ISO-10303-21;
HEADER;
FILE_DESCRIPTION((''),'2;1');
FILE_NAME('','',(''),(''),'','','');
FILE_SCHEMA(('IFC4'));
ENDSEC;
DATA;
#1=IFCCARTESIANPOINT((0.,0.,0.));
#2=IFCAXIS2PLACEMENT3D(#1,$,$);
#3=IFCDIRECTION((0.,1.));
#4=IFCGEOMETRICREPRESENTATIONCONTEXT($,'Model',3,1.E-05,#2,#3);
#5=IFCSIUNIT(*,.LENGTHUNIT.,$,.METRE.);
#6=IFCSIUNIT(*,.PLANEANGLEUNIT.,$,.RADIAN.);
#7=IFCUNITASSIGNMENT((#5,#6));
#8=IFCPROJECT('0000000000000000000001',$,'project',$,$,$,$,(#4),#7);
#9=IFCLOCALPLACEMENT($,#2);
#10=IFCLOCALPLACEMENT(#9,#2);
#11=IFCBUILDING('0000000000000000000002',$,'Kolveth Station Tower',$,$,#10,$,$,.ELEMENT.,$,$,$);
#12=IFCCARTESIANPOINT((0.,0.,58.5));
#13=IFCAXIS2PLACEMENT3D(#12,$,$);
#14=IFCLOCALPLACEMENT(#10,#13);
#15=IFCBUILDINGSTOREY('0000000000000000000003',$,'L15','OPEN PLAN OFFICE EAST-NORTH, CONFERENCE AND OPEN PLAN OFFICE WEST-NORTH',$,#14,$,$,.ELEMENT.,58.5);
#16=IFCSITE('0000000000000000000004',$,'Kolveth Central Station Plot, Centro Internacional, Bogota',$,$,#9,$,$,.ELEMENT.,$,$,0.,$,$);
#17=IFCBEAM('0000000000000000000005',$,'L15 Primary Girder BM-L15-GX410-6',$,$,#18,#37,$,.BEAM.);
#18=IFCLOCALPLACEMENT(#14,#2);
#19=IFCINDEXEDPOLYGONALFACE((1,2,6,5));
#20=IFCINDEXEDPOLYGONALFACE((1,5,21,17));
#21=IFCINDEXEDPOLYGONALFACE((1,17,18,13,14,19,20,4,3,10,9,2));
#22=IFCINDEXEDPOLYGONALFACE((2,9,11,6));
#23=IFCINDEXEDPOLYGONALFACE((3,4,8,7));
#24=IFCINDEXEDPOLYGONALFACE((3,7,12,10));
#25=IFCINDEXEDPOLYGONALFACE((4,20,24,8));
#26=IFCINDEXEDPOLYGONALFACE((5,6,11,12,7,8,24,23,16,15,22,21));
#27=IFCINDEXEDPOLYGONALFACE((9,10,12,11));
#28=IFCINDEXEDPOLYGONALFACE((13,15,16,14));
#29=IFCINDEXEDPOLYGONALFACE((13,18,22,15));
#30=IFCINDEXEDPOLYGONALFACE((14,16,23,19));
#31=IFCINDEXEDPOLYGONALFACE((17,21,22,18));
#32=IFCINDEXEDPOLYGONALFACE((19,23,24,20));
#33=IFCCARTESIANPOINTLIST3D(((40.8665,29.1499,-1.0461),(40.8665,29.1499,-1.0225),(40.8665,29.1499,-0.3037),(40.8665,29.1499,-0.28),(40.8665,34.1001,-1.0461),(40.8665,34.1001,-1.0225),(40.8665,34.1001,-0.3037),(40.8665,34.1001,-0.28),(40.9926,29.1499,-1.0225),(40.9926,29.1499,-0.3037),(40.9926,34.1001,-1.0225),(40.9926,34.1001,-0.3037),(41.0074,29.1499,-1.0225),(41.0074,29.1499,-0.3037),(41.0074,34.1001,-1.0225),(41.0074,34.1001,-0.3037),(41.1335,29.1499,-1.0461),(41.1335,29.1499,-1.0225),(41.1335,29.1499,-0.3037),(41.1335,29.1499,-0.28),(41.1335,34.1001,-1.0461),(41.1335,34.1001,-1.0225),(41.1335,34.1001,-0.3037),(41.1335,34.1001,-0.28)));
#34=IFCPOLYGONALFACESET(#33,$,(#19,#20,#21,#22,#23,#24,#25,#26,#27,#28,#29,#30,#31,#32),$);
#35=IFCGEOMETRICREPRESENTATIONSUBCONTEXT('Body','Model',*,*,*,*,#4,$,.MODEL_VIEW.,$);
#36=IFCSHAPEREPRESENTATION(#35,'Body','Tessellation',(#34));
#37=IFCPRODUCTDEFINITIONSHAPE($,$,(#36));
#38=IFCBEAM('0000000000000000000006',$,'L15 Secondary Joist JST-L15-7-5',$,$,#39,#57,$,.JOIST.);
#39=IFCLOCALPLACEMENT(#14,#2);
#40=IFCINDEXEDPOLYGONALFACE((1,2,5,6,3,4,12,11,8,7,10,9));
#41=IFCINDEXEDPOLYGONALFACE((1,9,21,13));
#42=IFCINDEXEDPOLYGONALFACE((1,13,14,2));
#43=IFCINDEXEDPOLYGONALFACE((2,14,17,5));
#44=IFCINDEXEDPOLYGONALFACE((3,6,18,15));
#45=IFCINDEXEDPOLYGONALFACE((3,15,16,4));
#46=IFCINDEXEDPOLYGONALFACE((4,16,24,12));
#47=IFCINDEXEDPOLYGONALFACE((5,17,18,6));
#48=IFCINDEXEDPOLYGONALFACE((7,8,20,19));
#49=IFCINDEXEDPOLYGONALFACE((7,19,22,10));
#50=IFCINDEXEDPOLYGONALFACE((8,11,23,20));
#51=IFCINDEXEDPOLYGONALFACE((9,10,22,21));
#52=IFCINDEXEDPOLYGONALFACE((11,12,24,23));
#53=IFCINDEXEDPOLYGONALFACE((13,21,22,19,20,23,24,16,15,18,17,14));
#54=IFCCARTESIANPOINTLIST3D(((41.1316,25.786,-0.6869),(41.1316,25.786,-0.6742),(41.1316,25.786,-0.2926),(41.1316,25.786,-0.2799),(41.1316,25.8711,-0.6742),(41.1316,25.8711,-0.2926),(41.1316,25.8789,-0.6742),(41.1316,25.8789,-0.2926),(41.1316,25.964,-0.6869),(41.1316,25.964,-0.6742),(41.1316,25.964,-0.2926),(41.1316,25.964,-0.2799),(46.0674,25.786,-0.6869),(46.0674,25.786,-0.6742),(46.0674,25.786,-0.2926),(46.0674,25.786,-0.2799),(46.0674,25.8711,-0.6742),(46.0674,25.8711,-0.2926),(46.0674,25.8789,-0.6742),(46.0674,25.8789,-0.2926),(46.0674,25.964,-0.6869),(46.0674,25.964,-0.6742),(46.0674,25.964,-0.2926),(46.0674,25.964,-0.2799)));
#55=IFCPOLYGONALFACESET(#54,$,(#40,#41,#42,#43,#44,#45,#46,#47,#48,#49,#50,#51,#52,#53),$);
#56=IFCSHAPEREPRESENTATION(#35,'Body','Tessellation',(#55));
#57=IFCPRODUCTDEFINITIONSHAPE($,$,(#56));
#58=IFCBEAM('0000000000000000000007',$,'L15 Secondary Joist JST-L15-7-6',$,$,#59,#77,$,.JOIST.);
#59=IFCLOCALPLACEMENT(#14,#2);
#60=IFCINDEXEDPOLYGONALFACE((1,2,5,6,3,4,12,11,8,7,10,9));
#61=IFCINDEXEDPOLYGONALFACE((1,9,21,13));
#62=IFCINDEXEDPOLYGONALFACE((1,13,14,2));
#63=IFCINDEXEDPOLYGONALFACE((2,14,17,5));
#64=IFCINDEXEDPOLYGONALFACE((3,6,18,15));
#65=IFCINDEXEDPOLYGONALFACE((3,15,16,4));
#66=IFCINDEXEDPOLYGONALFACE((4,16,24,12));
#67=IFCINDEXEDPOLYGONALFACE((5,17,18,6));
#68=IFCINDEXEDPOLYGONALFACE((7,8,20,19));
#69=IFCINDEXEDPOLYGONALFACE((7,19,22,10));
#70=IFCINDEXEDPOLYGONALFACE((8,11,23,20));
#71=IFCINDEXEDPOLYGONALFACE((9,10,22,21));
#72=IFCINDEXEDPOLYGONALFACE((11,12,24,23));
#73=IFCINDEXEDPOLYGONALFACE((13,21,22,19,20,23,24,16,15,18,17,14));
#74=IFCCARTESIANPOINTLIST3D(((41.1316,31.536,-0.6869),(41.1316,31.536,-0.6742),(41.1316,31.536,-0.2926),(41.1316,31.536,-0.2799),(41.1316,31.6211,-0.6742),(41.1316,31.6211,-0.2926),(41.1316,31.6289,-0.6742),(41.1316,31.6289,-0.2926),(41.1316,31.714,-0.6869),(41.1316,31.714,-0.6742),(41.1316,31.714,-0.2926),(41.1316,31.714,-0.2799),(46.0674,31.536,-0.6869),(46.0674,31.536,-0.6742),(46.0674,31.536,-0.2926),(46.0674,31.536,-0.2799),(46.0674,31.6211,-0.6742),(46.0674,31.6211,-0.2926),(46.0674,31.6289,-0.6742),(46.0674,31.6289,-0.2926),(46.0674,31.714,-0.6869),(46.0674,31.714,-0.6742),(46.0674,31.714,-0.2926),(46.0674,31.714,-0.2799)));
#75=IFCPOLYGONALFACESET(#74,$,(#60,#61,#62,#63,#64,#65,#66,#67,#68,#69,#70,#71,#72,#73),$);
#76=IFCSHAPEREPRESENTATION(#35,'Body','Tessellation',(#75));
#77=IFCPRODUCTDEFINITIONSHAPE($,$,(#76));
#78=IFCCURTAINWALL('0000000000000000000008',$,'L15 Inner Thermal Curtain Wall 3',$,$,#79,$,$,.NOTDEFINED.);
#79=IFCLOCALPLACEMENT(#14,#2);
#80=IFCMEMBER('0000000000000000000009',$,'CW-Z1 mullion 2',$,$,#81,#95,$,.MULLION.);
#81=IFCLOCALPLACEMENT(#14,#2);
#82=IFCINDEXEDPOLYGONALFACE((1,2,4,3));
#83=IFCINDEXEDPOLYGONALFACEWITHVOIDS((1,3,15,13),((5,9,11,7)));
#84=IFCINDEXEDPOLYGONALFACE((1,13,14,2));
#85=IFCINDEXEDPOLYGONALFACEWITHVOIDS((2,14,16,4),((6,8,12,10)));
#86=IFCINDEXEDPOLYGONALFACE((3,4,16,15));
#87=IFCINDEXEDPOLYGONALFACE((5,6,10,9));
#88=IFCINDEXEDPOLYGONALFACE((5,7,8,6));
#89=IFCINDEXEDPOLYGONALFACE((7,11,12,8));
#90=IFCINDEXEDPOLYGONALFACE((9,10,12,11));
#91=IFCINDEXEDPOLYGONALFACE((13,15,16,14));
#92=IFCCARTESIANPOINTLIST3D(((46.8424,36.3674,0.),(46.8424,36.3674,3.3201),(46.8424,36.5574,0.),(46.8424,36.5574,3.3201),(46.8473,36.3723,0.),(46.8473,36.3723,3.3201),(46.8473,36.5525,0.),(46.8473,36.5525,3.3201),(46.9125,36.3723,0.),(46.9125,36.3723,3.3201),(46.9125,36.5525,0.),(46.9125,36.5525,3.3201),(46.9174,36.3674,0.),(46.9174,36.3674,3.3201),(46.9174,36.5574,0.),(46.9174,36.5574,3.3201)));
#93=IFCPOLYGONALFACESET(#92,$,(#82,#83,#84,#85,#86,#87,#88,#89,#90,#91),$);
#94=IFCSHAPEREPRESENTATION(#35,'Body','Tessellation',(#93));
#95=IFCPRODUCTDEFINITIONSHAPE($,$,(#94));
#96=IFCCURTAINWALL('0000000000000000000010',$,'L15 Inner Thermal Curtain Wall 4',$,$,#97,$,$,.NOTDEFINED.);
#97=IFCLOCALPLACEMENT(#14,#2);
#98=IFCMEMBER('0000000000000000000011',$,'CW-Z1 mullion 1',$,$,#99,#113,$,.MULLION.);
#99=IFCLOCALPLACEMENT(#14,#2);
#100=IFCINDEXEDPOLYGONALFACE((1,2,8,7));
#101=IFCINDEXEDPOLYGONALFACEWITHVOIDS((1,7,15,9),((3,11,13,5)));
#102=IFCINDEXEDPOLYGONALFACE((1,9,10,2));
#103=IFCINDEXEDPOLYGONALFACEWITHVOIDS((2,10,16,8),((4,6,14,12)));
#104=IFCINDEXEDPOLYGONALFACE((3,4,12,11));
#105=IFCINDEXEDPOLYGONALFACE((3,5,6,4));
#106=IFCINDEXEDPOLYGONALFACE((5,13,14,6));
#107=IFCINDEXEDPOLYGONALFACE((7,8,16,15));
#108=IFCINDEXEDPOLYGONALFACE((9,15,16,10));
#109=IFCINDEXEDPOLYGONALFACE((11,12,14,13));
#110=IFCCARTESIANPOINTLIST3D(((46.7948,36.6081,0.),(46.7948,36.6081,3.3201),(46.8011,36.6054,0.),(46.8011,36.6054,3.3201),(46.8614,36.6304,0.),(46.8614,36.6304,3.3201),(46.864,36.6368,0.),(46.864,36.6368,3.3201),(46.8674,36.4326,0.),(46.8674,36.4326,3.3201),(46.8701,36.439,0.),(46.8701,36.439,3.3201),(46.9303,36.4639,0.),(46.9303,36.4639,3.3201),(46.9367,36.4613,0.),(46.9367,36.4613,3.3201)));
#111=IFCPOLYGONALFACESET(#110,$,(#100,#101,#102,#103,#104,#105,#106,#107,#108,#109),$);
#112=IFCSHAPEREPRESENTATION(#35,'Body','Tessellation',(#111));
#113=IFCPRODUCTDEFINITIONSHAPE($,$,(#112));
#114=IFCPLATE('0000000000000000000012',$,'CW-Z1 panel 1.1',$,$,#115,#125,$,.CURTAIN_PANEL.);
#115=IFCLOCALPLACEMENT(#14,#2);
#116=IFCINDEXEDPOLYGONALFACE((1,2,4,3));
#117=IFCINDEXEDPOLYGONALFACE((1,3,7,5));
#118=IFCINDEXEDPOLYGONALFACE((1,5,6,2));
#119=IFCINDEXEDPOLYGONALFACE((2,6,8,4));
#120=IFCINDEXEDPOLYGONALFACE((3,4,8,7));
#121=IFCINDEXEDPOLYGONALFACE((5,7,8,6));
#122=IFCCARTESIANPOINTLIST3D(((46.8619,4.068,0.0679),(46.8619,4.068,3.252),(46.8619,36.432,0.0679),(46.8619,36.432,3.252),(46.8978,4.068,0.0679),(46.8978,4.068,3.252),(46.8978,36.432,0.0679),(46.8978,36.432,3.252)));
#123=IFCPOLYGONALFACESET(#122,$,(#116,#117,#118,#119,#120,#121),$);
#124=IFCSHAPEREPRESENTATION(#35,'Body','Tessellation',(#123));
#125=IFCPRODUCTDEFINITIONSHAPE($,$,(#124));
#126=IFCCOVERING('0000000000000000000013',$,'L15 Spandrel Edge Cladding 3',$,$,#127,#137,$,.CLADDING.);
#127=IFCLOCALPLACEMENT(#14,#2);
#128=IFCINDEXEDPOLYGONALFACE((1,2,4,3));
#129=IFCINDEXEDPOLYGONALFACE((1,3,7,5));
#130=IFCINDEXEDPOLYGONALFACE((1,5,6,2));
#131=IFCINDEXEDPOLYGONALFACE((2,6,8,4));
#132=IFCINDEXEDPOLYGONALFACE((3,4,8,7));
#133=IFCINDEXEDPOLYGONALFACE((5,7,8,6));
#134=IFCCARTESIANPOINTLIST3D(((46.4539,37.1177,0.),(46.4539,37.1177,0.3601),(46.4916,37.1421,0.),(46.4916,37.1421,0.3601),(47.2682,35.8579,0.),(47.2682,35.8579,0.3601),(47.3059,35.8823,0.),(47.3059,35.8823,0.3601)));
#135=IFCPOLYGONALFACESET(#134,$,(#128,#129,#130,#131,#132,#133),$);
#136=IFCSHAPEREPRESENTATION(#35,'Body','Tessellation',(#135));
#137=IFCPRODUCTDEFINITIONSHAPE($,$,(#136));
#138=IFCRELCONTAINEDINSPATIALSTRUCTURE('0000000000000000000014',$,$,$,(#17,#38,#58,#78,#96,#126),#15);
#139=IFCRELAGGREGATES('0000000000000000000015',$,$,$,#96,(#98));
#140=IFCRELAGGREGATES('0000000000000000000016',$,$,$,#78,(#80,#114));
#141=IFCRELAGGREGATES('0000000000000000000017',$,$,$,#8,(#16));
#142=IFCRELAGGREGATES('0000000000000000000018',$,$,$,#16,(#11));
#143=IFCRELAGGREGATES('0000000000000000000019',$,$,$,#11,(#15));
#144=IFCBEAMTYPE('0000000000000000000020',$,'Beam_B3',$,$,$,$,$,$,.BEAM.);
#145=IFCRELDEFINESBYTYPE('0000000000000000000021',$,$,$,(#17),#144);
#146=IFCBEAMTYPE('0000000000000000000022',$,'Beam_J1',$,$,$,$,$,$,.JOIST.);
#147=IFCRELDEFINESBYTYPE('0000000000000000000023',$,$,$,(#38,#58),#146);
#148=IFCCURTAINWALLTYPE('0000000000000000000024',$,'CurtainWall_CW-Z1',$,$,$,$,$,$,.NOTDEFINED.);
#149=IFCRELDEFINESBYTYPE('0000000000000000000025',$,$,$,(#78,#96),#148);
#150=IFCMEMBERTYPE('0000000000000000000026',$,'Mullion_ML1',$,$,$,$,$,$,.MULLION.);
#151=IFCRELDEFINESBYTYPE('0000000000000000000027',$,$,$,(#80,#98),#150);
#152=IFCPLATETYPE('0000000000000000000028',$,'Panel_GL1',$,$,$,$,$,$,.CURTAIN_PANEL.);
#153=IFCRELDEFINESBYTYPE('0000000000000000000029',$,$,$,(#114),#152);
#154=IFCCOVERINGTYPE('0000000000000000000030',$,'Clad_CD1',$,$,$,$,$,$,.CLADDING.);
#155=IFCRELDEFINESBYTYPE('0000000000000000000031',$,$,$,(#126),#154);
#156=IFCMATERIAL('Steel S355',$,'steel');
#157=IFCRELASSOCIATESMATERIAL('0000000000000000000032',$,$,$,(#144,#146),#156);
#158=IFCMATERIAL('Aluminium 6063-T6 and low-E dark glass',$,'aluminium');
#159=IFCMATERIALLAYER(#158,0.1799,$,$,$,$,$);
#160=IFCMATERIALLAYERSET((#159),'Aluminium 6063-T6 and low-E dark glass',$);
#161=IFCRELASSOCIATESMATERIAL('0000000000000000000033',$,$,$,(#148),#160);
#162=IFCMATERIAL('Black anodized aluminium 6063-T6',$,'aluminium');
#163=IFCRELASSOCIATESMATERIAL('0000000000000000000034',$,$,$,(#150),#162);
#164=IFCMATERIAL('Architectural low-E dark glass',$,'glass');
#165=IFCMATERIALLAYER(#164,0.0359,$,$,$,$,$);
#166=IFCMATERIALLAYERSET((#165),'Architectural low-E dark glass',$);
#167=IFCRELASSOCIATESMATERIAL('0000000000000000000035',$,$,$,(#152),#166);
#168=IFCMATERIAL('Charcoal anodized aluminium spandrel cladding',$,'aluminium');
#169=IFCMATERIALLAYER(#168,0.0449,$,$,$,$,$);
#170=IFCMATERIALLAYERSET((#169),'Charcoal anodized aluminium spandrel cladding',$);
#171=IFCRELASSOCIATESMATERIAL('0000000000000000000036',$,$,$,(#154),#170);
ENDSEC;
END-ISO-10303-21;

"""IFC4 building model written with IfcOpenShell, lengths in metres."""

from ifc_helpers import new_model, si_unit, direction, frame, origin, origin_2d, place, context, subcontext, project, spatial, rectangle, hollow_rectangle, i_section, extrude, source, transform, mapped, material, layer, layer_set, material_profile, profile_set, type_object, element, aggregate, save


model = new_model("IFC4")

# Units and contexts
model_context = context("Model", 3, precision=1e-05, world=origin(), true_north=direction((0.0, 1.0)))
body_context = subcontext(model_context, "Body", "Model", "MODEL_VIEW")
ifc_project = project(units=[si_unit("LENGTHUNIT", "METRE"), si_unit("PLANEANGLEUNIT", "RADIAN")], contexts=[model_context])

# Site, building, storey
site_placement = place(None, origin())
site = spatial("IfcSite", under=ifc_project, at=site_placement, Name="Kolveth Central Station Plot, Centro Internacional, Bogota", CompositionType="ELEMENT", RefElevation=0.0)
building_placement = place(site_placement, origin())
building = spatial("IfcBuilding", under=site, at=building_placement, Name="Kolveth Station Tower", CompositionType="ELEMENT")
storey_placement = place(building_placement, frame((0.0, 0.0, 58.5)))
storey = spatial("IfcBuildingStorey", under=building, at=storey_placement, Name="L15", Description="OPEN PLAN OFFICE EAST-NORTH, CONFERENCE AND OPEN PLAN OFFICE WEST-NORTH", CompositionType="ELEMENT", Elevation=58.5)

# Shared definitions
ifc_material_1 = material(Name="Steel S355", Category="steel")

# Beams
ifc_material_profile_1 = material_profile(ifc_material_1, i_section(OverallWidth=0.2671, OverallDepth=0.7661, WebThickness=0.0149, FlangeThickness=0.0237, at=origin_2d()), Name="W760x185")
ifc_profile_set_1 = profile_set([ifc_material_profile_1], Name="Steel S355")
beam_type_1 = type_object("IfcBeamType", Name="Beam_B3", PredefinedType="BEAM", material=ifc_profile_set_1)
shared_shape_1 = source(origin(), body_context, "Body", "SweptSolid", [
    extrude(i_section(OverallWidth=0.2671, OverallDepth=0.7661, WebThickness=0.0149, FlangeThickness=0.0237, at=origin_2d()), origin(), (0.0, 0.0, 1.0), 4.9502),
])
for number, where, z_axis, x_axis, name in (
    (1, (41.0, 29.1499, -0.6631), (0.0, 1.0, 0.0), (-1.0, 0.0, 0.0), "L15 Primary Girder BM-L15-GX410-6"),
):
    element("IfcBeam", number, at=place(storey_placement, frame(where, z_axis=z_axis, x_axis=x_axis)), inside=storey, type_object=beam_type_1, Name=name, PredefinedType="BEAM", context=body_context, shape_type="MappedRepresentation", body=[
        mapped(shared_shape_1, transform((0.0, 0.0, 0.0), x_axis=(1.0, 0.0, 0.0), y_axis=(0.0, 1.0, 0.0), z_axis=(0.0, 0.0, 1.0), scale=1.0)),
    ])
ifc_material_profile_2 = material_profile(ifc_material_1, i_section(OverallWidth=0.178, OverallDepth=0.407, WebThickness=0.0078, FlangeThickness=0.0127, at=origin_2d()), Name="W410x60")
ifc_profile_set_2 = profile_set([ifc_material_profile_2], Name="Steel S355")
beam_type_2 = type_object("IfcBeamType", Name="Beam_J1", PredefinedType="JOIST", material=ifc_profile_set_2)
shared_shape_2 = source(origin(), body_context, "Body", "SweptSolid", [
    extrude(i_section(OverallWidth=0.178, OverallDepth=0.407, WebThickness=0.0078, FlangeThickness=0.0127, at=origin_2d()), origin(), (0.0, 0.0, 1.0), 4.9358),
])
for number, where, z_axis, x_axis, name in (
    (2, (41.1316, 25.875, -0.4834), (1.0, 0.0, 0.0), (0.0, 1.0, 0.0), "L15 Secondary Joist JST-L15-7-5"),
    (3, (41.1316, 31.625, -0.4834), (1.0, 0.0, 0.0), (0.0, 1.0, 0.0), "L15 Secondary Joist JST-L15-7-6"),
):
    element("IfcBeam", number, at=place(storey_placement, frame(where, z_axis=z_axis, x_axis=x_axis)), inside=storey, type_object=beam_type_2, Name=name, PredefinedType="JOIST", context=body_context, shape_type="MappedRepresentation", body=[
        mapped(shared_shape_2, transform((0.0, 0.0, 0.0), x_axis=(1.0, 0.0, 0.0), y_axis=(0.0, 1.0, 0.0), z_axis=(0.0, 0.0, 1.0), scale=1.0)),
    ])

# Curtain walls, members
ifc_material_2 = material(Name="Aluminium 6063-T6 and low-E dark glass", Category="aluminium")
ifc_layer_1 = layer(ifc_material_2, 0.1799)
ifc_layer_set_1 = layer_set([ifc_layer_1], Name="Aluminium 6063-T6 and low-E dark glass")
curtain_wall_type = type_object("IfcCurtainWallType", Name="CurtainWall_CW-Z1", PredefinedType="NOTDEFINED", material=ifc_layer_set_1)
curtain_wall_1_placement = place(storey_placement, origin())
curtain_wall_1 = element("IfcCurtainWall", 4, at=curtain_wall_1_placement, inside=storey, type_object=curtain_wall_type, Name="L15 Inner Thermal Curtain Wall 3", PredefinedType="NOTDEFINED")
ifc_material_3 = material(Name="Black anodized aluminium 6063-T6", Category="aluminium")
ifc_material_profile_3 = material_profile(ifc_material_3, hollow_rectangle(XDim=0.075, YDim=0.1899, WallThickness=0.0049, at=origin_2d()), Name="ALU-75x190x5")
ifc_profile_set_3 = profile_set([ifc_material_profile_3], Name="Black anodized aluminium 6063-T6")
member_type = type_object("IfcMemberType", Name="Mullion_ML1", PredefinedType="MULLION", material=ifc_profile_set_3)
shared_shape_3 = source(origin(), body_context, "Body", "SweptSolid", [
    extrude(hollow_rectangle(XDim=0.075, YDim=0.1899, WallThickness=0.0049, at=origin_2d()), origin(), (0.0, 0.0, 1.0), 3.3201),
])
member_1_placement = place(storey_placement, frame((46.8799, 36.4624, 0.0), z_axis=(0.0, 0.0, 1.0), x_axis=(-1.0, 0.0, 0.0)))
member_1 = element("IfcMember", 5, at=member_1_placement, type_object=member_type, Name="CW-Z1 mullion 2", PredefinedType="MULLION", context=body_context, shape_type="MappedRepresentation", body=[
    mapped(shared_shape_3, transform((0.0, 0.0, 0.0), x_axis=(1.0, 0.0, 0.0), y_axis=(0.0, 1.0, 0.0), z_axis=(0.0, 0.0, 1.0), scale=1.0)),
])
curtain_wall_2_placement = place(storey_placement, origin())
curtain_wall_2 = element("IfcCurtainWall", 6, at=curtain_wall_2_placement, inside=storey, type_object=curtain_wall_type, Name="L15 Inner Thermal Curtain Wall 4", PredefinedType="NOTDEFINED")
member_2_placement = place(storey_placement, frame((46.8657, 36.5347, 0.0), z_axis=(0.0, 0.0, 1.0), x_axis=(-0.923884, -0.382673, 0.0)))
member_2 = element("IfcMember", 7, at=member_2_placement, type_object=member_type, Name="CW-Z1 mullion 1", PredefinedType="MULLION", context=body_context, shape_type="MappedRepresentation", body=[
    mapped(shared_shape_3, transform((0.0, 0.0, 0.0), x_axis=(1.0, 0.0, 0.0), y_axis=(0.0, 1.0, 0.0), z_axis=(0.0, 0.0, 1.0), scale=1.0)),
])
aggregate(curtain_wall_2, [member_2])

# Plate
ifc_material_4 = material(Name="Architectural low-E dark glass", Category="glass")
ifc_layer_2 = layer(ifc_material_4, 0.0359)
ifc_layer_set_2 = layer_set([ifc_layer_2], Name="Architectural low-E dark glass")
plate_type = type_object("IfcPlateType", Name="Panel_GL1", PredefinedType="CURTAIN_PANEL", material=ifc_layer_set_2)
shared_shape_4 = source(origin(), body_context, "Body", "SweptSolid", [
    extrude(rectangle(XDim=32.364, YDim=0.0359, at=origin_2d()), origin(), (0.0, 0.0, 1.0), 3.1841),
])
plate_placement = place(storey_placement, frame((46.8799, 20.25, 0.0679), z_axis=(0.0, 0.0, 1.0), x_axis=(0.0, 1.0, 0.0)))
plate = element("IfcPlate", 8, at=plate_placement, type_object=plate_type, Name="CW-Z1 panel 1.1", PredefinedType="CURTAIN_PANEL", context=body_context, shape_type="MappedRepresentation", body=[
    mapped(shared_shape_4, transform((0.0, 0.0, 0.0), x_axis=(1.0, 0.0, 0.0), y_axis=(0.0, 1.0, 0.0), z_axis=(0.0, 0.0, 1.0), scale=1.0)),
])
aggregate(curtain_wall_1, [member_1, plate])

# Covering
ifc_material_5 = material(Name="Charcoal anodized aluminium spandrel cladding", Category="aluminium")
ifc_layer_3 = layer(ifc_material_5, 0.0449)
ifc_layer_set_3 = layer_set([ifc_layer_3], Name="Charcoal anodized aluminium spandrel cladding")
covering_type = type_object("IfcCoveringType", Name="Clad_CD1", PredefinedType="CLADDING", material=ifc_layer_set_3)
shared_shape_5 = source(origin(), body_context, "Body", "SweptSolid", [
    extrude(rectangle(XDim=1.5, YDim=0.0449, at=origin_2d()), origin(), (0.0, 0.0, 1.0), 0.3601),
])
covering_placement = place(storey_placement, frame((46.8799, 36.5, 0.0), z_axis=(0.0, 0.0, 1.0), x_axis=(-0.542881, 0.839809, 0.0)))
element("IfcCovering", 9, at=covering_placement, inside=storey, type_object=covering_type, Name="L15 Spandrel Edge Cladding 3", PredefinedType="CLADDING", context=body_context, shape_type="MappedRepresentation", body=[
    mapped(shared_shape_5, transform((0.0, 0.0, 0.0), x_axis=(1.0, 0.0, 0.0), y_axis=(0.0, 1.0, 0.0), z_axis=(0.0, 0.0, 1.0), scale=1.0)),
])

save(model, "model.ifc")
